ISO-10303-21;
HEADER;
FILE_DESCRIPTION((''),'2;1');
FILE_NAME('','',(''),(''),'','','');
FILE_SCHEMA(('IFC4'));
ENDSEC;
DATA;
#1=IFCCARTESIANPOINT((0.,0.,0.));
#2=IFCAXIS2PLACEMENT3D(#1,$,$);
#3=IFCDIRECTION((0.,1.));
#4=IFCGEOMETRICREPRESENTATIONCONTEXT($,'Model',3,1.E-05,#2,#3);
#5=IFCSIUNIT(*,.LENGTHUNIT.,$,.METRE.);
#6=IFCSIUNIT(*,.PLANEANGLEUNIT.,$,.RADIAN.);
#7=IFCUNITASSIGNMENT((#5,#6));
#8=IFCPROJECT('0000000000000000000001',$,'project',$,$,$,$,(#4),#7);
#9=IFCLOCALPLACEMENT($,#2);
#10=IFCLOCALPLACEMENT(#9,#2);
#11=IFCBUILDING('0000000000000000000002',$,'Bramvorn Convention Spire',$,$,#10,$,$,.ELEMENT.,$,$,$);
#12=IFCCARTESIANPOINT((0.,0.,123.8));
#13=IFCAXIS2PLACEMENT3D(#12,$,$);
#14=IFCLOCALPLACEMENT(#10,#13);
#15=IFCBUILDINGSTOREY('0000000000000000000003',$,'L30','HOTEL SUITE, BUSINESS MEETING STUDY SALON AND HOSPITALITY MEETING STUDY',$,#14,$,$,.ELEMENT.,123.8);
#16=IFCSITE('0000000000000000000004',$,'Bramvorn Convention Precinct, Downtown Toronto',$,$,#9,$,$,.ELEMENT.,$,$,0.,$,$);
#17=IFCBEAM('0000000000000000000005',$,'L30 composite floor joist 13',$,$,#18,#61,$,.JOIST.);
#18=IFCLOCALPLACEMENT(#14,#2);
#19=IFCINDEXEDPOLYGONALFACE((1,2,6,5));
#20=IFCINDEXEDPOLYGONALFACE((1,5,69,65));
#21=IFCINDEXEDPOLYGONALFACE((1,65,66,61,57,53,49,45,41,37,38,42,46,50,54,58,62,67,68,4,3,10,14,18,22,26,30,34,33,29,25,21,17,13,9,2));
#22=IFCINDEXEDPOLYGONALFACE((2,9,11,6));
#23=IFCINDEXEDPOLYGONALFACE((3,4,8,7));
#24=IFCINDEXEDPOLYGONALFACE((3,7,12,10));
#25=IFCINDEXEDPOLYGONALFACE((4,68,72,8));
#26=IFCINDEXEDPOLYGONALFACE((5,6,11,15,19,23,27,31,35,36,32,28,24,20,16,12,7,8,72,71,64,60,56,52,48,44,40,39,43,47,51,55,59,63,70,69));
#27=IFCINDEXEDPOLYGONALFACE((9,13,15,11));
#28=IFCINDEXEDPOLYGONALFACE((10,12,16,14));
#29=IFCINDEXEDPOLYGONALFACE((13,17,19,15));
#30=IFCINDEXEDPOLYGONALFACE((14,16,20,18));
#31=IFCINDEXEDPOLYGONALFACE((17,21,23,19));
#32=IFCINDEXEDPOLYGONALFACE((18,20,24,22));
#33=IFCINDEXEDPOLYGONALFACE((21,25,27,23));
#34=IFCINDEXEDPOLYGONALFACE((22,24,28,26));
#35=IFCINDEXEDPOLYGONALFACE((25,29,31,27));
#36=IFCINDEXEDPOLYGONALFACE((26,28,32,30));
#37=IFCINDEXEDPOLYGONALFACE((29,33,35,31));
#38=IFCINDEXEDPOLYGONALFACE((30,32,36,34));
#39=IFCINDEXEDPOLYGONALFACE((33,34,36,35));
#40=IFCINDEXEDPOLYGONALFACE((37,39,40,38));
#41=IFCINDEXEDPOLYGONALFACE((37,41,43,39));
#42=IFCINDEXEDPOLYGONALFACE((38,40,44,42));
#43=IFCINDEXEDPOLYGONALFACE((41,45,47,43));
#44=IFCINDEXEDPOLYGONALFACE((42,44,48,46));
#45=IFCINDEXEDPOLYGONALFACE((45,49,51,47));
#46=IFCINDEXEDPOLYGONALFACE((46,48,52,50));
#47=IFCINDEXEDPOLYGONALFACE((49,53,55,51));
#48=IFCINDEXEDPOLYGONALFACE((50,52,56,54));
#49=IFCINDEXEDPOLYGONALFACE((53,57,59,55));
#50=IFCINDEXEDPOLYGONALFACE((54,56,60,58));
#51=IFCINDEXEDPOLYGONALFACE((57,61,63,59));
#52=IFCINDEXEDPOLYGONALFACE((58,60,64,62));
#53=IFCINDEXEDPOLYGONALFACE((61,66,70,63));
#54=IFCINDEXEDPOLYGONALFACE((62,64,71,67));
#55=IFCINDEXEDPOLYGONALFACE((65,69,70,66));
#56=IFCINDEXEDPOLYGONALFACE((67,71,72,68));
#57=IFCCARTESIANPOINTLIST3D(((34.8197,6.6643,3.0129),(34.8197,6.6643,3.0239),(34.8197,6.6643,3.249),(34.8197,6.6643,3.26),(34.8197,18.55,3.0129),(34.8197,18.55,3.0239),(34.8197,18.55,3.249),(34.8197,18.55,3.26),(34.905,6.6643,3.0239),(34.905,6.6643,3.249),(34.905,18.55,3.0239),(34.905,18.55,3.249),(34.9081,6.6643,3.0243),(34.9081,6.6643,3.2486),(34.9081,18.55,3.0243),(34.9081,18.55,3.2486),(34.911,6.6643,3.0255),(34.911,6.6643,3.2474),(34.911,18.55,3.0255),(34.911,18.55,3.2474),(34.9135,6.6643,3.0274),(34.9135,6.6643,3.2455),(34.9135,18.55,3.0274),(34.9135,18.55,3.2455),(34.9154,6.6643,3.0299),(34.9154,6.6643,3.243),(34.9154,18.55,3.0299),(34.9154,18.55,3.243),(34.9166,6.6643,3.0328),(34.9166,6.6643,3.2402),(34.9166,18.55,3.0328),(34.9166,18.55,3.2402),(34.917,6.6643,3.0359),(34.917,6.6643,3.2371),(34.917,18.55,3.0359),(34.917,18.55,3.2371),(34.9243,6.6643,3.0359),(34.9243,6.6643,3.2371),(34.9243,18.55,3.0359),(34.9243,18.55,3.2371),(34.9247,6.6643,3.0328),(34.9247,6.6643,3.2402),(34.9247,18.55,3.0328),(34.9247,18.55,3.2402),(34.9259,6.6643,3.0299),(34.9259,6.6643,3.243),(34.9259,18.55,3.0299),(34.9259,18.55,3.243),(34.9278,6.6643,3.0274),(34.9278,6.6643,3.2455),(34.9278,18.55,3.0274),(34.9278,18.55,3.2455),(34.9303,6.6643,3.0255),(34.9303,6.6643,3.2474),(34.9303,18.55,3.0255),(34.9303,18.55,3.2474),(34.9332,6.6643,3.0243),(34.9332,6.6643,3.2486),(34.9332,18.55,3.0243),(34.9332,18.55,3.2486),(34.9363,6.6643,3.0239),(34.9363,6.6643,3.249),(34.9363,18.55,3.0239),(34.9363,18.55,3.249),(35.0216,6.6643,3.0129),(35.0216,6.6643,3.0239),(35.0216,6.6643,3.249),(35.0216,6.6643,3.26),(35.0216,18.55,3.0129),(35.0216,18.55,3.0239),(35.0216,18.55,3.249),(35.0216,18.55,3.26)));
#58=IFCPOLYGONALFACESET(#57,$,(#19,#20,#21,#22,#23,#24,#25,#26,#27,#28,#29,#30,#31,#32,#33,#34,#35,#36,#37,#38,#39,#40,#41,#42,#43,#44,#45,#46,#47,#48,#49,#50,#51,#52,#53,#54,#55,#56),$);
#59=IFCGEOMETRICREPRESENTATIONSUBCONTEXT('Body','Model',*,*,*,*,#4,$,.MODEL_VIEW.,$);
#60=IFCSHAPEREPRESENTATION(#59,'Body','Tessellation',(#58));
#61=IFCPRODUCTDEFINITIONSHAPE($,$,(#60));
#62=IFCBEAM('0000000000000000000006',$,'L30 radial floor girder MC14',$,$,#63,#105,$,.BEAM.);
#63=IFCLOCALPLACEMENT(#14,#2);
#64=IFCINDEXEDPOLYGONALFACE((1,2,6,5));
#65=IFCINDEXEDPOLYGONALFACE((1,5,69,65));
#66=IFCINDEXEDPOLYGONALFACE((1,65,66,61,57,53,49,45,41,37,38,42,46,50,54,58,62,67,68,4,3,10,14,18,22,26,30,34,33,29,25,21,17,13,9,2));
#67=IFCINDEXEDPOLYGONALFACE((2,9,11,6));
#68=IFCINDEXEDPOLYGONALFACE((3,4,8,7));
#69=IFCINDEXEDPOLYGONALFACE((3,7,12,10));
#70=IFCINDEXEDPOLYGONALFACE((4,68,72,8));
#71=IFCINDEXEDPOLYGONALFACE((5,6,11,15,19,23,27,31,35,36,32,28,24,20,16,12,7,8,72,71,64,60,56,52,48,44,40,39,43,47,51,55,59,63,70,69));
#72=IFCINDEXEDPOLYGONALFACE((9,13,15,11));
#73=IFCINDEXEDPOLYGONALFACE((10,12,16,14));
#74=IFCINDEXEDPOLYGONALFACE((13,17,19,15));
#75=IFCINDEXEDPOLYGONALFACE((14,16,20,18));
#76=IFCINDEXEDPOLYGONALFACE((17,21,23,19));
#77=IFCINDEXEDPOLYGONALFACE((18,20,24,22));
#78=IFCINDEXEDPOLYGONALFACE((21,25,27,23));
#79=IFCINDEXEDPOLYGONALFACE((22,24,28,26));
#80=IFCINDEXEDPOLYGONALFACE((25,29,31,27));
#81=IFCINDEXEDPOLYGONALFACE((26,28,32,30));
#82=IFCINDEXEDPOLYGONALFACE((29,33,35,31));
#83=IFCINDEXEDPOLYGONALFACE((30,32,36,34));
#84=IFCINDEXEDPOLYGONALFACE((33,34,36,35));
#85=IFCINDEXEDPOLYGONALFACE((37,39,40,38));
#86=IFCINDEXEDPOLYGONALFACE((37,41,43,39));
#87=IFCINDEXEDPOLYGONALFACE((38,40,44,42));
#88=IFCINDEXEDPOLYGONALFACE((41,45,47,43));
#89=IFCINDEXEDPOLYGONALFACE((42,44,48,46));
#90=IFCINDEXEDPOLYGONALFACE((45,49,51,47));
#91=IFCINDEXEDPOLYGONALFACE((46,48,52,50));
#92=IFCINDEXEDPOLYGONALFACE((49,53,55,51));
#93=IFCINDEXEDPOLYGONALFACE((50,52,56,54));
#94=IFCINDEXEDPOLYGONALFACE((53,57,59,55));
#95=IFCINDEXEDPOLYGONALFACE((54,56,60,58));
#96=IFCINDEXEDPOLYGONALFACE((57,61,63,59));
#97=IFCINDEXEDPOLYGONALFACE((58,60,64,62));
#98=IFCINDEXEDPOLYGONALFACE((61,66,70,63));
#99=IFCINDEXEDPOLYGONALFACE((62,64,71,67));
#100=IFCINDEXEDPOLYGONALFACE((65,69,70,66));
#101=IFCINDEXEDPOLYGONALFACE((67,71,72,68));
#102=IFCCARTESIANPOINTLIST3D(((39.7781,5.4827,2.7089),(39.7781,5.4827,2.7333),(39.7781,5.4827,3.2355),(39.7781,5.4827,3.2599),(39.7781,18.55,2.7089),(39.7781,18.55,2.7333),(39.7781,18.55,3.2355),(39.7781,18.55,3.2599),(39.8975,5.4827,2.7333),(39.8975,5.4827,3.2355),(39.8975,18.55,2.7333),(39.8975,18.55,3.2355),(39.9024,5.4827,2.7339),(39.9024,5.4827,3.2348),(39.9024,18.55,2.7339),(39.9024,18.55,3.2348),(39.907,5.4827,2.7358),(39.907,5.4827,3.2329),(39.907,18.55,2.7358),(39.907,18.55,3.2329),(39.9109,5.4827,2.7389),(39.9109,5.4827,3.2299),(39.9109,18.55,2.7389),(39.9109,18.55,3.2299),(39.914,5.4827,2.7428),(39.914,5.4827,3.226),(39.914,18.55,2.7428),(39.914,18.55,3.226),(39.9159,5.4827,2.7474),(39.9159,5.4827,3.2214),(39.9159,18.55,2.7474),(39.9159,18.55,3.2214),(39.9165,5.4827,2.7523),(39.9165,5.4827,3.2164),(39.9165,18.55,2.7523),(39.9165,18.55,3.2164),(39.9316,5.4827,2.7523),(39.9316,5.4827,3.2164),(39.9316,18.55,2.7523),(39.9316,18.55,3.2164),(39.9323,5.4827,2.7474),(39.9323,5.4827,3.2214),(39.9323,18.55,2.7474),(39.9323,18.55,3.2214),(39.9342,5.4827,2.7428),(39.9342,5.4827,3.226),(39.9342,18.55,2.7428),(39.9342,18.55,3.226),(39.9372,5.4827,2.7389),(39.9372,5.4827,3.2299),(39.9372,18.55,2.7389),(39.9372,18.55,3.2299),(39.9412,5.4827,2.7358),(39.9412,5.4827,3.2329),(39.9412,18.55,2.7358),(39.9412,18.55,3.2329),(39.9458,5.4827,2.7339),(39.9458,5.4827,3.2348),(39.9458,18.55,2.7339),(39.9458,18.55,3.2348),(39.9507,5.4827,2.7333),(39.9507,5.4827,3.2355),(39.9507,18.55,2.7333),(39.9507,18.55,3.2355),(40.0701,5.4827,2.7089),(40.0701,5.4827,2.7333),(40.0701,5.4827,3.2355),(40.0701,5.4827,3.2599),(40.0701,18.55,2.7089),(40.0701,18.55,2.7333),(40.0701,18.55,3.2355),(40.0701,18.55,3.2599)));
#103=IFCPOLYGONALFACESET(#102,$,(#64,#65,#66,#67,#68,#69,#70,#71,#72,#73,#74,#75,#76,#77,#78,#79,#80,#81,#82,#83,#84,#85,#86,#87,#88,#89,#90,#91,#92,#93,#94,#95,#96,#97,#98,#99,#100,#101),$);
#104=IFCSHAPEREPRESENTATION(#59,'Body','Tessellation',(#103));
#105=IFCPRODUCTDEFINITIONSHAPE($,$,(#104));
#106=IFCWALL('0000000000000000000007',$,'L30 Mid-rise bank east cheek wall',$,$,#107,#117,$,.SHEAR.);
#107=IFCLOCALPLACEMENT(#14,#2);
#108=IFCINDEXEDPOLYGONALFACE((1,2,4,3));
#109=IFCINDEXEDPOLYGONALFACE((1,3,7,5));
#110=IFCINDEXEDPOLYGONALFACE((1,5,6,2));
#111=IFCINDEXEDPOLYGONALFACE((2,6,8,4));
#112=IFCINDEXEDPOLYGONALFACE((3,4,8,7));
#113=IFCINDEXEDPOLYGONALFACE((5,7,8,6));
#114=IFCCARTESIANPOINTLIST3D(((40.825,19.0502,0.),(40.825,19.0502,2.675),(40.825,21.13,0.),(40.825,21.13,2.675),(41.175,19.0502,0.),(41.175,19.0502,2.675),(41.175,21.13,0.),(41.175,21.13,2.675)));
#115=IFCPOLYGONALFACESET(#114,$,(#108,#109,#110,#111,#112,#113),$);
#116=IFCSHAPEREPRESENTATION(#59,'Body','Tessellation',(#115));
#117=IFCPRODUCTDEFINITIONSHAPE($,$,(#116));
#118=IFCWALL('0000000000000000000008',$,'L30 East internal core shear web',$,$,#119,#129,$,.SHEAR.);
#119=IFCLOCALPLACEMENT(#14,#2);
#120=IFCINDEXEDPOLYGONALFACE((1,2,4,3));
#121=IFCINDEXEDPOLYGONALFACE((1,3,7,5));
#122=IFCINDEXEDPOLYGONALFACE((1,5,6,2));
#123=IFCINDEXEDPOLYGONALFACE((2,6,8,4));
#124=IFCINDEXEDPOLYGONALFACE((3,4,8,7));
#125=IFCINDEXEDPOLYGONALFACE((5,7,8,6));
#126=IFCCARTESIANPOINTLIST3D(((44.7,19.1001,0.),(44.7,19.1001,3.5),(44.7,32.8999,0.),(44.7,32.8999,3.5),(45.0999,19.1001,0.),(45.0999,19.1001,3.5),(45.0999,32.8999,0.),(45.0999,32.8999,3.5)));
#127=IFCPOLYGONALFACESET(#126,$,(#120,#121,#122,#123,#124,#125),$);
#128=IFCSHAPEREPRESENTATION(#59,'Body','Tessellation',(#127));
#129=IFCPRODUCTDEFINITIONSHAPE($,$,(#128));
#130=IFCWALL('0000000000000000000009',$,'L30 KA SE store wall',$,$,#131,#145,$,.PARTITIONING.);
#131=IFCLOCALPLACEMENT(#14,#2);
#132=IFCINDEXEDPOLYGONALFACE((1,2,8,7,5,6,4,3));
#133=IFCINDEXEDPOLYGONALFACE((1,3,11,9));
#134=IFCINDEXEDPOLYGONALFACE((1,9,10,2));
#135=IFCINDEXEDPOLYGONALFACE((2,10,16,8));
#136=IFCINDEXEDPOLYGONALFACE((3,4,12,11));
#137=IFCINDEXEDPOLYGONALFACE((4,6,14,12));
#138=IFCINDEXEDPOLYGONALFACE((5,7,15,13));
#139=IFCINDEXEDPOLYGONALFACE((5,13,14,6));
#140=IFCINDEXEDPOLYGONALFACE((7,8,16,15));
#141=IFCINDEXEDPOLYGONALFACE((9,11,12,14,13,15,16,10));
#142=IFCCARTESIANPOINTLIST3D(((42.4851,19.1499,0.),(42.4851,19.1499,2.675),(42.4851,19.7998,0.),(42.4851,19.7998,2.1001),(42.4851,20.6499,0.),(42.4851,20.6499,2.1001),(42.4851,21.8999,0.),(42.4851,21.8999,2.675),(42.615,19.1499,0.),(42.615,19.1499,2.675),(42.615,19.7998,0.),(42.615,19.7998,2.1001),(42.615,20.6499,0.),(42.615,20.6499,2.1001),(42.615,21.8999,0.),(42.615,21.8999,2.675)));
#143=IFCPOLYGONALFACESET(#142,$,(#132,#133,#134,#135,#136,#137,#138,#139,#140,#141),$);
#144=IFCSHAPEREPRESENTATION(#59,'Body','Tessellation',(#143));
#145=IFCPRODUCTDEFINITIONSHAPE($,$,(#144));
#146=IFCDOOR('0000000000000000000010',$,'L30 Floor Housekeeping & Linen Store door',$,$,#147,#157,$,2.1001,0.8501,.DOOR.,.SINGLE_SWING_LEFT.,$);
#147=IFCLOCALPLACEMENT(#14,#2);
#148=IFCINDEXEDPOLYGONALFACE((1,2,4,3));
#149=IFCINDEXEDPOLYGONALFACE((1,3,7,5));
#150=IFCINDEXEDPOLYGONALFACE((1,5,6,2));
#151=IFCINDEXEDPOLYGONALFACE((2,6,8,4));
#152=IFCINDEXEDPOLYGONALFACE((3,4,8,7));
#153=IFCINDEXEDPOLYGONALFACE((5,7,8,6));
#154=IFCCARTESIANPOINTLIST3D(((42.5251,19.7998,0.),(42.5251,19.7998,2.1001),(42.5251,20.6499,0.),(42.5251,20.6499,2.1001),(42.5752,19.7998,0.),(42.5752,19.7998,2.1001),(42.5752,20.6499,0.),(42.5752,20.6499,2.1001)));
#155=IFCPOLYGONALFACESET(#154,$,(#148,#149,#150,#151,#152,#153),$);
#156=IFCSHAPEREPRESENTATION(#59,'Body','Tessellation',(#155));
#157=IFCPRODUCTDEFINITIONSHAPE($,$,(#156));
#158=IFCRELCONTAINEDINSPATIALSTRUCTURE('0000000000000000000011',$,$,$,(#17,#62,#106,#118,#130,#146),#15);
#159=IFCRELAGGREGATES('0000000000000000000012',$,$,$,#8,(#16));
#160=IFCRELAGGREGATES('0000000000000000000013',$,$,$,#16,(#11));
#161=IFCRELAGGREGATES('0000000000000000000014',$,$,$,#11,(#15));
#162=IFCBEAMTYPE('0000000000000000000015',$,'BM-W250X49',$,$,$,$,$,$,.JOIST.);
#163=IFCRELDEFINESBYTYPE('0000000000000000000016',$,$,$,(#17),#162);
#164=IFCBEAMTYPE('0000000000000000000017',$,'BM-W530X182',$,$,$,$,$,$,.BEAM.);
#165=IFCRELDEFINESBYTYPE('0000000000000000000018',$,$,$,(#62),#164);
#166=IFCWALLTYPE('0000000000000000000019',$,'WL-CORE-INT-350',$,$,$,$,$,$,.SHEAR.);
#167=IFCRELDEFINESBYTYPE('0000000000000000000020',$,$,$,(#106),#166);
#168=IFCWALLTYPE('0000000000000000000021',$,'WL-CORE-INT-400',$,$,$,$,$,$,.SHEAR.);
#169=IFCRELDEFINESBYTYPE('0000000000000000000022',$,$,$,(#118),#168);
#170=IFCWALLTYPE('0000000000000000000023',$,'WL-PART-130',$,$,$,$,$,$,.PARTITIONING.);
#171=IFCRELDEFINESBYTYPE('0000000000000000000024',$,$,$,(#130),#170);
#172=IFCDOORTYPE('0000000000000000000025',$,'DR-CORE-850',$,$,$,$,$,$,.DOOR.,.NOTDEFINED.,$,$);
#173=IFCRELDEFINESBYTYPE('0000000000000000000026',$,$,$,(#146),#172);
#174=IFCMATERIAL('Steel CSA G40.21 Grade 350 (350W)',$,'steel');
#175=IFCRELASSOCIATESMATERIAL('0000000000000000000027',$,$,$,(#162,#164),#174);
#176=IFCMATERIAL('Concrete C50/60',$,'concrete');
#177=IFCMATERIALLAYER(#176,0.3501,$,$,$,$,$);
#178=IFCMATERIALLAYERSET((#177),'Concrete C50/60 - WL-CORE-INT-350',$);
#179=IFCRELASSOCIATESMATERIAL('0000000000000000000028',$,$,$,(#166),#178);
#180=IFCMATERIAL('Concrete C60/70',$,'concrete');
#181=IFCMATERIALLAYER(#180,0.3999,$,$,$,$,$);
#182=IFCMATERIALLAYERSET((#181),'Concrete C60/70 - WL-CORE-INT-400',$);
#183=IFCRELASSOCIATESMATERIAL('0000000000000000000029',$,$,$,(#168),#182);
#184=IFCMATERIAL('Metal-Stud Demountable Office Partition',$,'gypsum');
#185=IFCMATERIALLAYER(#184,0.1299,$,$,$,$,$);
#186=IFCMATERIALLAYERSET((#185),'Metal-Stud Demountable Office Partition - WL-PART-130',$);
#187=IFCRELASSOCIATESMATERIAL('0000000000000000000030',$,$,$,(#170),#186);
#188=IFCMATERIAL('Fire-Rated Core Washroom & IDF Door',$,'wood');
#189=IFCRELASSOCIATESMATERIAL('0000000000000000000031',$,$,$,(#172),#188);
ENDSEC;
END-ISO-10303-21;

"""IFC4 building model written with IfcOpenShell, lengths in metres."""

from ifc_helpers import new_model, si_unit, direction, frame, frame_2d, origin, origin_2d, place, context, subcontext, project, spatial, rectangle, i_section, extrude, material, layer, layer_set, material_profile, profile_set, type_object, element, fill, save


model = new_model("IFC4")

# Units and contexts
model_context = context("Model", 3, precision=1e-05, world=origin(), true_north=direction((0.0, 1.0)))
body_context = subcontext(model_context, "Body", "Model", "MODEL_VIEW")
ifc_project = project(units=[si_unit("LENGTHUNIT", "METRE"), si_unit("PLANEANGLEUNIT", "RADIAN")], contexts=[model_context])

# Site, building, storey
site_placement = place(None, origin())
site = spatial("IfcSite", under=ifc_project, at=site_placement, Name="Bramvorn Convention Precinct, Downtown Toronto", CompositionType="ELEMENT", RefElevation=0.0)
building_placement = place(site_placement, origin())
building = spatial("IfcBuilding", under=site, at=building_placement, Name="Bramvorn Convention Spire", CompositionType="ELEMENT")
storey_placement = place(building_placement, frame((0.0, 0.0, 123.8)))
storey = spatial("IfcBuildingStorey", under=building, at=storey_placement, Name="L30", Description="HOTEL SUITE, BUSINESS MEETING STUDY SALON AND HOSPITALITY MEETING STUDY", CompositionType="ELEMENT", Elevation=123.8)

# Beams
ifc_material_1 = material(Name="Steel CSA G40.21 Grade 350 (350W)", Category="steel")
ifc_material_profile_1 = material_profile(ifc_material_1, i_section(OverallWidth=0.2019, OverallDepth=0.2471, WebThickness=0.0073, FlangeThickness=0.011, FilletRadius=0.012, at=origin_2d()))
ifc_profile_set_1 = profile_set([ifc_material_profile_1], Name="Steel CSA G40.21 Grade 350 (350W) - W250X49")
beam_type_1 = type_object("IfcBeamType", Name="BM-W250X49", PredefinedType="JOIST", material=ifc_profile_set_1)
beam_1_placement = place(storey_placement, frame((34.9207, 18.55, 3.1365), z_axis=(0.0, -1.0, 0.0), x_axis=(1.0, 0.0, 0.0)))
element("IfcBeam", 1, at=beam_1_placement, inside=storey, type_object=beam_type_1, Name="L30 composite floor joist 13", PredefinedType="JOIST", context=body_context, shape_type="SweptSolid", body=[
    extrude(i_section(OverallWidth=0.2019, OverallDepth=0.2471, WebThickness=0.0073, FlangeThickness=0.011, FilletRadius=0.012, at=origin_2d()), origin(), (0.0, 0.0, 1.0), 11.8857),
])
ifc_material_profile_2 = material_profile(ifc_material_1, i_section(OverallWidth=0.292, OverallDepth=0.551, WebThickness=0.0151, FlangeThickness=0.0244, FilletRadius=0.019, at=origin_2d()))
ifc_profile_set_2 = profile_set([ifc_material_profile_2], Name="Steel CSA G40.21 Grade 350 (350W) - W530X182")
beam_type_2 = type_object("IfcBeamType", Name="BM-W530X182", PredefinedType="BEAM", material=ifc_profile_set_2)
beam_2_placement = place(storey_placement, frame((39.9241, 18.55, 2.9844), z_axis=(0.0, -1.0, 0.0), x_axis=(1.0, 0.0, 0.0)))
element("IfcBeam", 2, at=beam_2_placement, inside=storey, type_object=beam_type_2, Name="L30 radial floor girder MC14", PredefinedType="BEAM", context=body_context, shape_type="SweptSolid", body=[
    extrude(i_section(OverallWidth=0.292, OverallDepth=0.551, WebThickness=0.0151, FlangeThickness=0.0244, FilletRadius=0.019, at=origin_2d()), origin(), (0.0, 0.0, 1.0), 13.0674),
])

# Walls
ifc_material_2 = material(Name="Concrete C50/60", Category="concrete")
ifc_layer_1 = layer(ifc_material_2, 0.3501)
ifc_layer_set_1 = layer_set([ifc_layer_1], Name="Concrete C50/60 - WL-CORE-INT-350")
wall_type_1 = type_object("IfcWallType", Name="WL-CORE-INT-350", PredefinedType="SHEAR", material=ifc_layer_set_1)
wall_1_placement = place(storey_placement, frame((41.0, 19.05, 0.0), z_axis=(0.0, 0.0, 1.0), x_axis=(0.0, 1.0, 0.0)))
element("IfcWall", 3, at=wall_1_placement, inside=storey, type_object=wall_type_1, Name="L30 Mid-rise bank east cheek wall", PredefinedType="SHEAR", context=body_context, shape_type="SweptSolid", body=[
    extrude(rectangle(XDim=2.0798, YDim=0.3501, at=frame_2d((1.04, 0.0))), origin(), (0.0, 0.0, 1.0), 2.675),
])
ifc_material_3 = material(Name="Concrete C60/70", Category="concrete")
ifc_layer_2 = layer(ifc_material_3, 0.3999)
ifc_layer_set_2 = layer_set([ifc_layer_2], Name="Concrete C60/70 - WL-CORE-INT-400")
wall_type_2 = type_object("IfcWallType", Name="WL-CORE-INT-400", PredefinedType="SHEAR", material=ifc_layer_set_2)
wall_2_placement = place(storey_placement, frame((44.8999, 19.1001, 0.0), z_axis=(0.0, 0.0, 1.0), x_axis=(0.0, 1.0, 0.0)))
element("IfcWall", 4, at=wall_2_placement, inside=storey, type_object=wall_type_2, Name="L30 East internal core shear web", PredefinedType="SHEAR", context=body_context, shape_type="SweptSolid", body=[
    extrude(rectangle(XDim=13.7998, YDim=0.3999, at=frame_2d((6.8999, 0.0))), origin(), (0.0, 0.0, 1.0), 3.5),
])

# Wall, opening, door
ifc_material_4 = material(Name="Metal-Stud Demountable Office Partition", Category="gypsum")
ifc_layer_3 = layer(ifc_material_4, 0.1299)
ifc_layer_set_3 = layer_set([ifc_layer_3], Name="Metal-Stud Demountable Office Partition - WL-PART-130")
wall_type_3 = type_object("IfcWallType", Name="WL-PART-130", PredefinedType="PARTITIONING", material=ifc_layer_set_3)
wall_3_placement = place(storey_placement, frame((42.55, 19.1499, 0.0), z_axis=(0.0, 0.0, 1.0), x_axis=(0.0, 1.0, 0.0)))
wall_3 = element("IfcWall", 5, at=wall_3_placement, inside=storey, type_object=wall_type_3, Name="L30 KA SE store wall", PredefinedType="PARTITIONING", context=body_context, shape_type="SweptSolid", body=[
    extrude(rectangle(XDim=2.75, YDim=0.1299, at=frame_2d((1.375, 0.0))), origin(), (0.0, 0.0, 1.0), 2.675),
])
opening_1_placement = place(wall_3_placement, frame((0.6499, 0.0, 0.0)))
opening_1 = element("IfcOpeningElement", 6, at=opening_1_placement, cuts=wall_3, PredefinedType="OPENING", context=body_context, shape_type="SweptSolid", body=[
    extrude(rectangle(XDim=0.8501, YDim=2.1001, at=frame_2d((0.425, 1.05))), frame((0.0, 0.075, 0.0), z_axis=(0.0, -1.0, 0.0), x_axis=(1.0, 0.0, 0.0)), (0.0, 0.0, 1.0), 0.1499),
])
ifc_material_5 = material(Name="Fire-Rated Core Washroom & IDF Door", Category="wood")
door_type_1 = type_object("IfcDoorType", Name="DR-CORE-850", OperationType="NOTDEFINED", PredefinedType="DOOR", material=ifc_material_5)
door_1_placement = place(opening_1_placement, origin())
door_1 = element("IfcDoor", 7, at=door_1_placement, inside=storey, type_object=door_type_1, Name="L30 Floor Housekeeping & Linen Store door", OperationType="SINGLE_SWING_LEFT", OverallHeight=2.1001, OverallWidth=0.8501, PredefinedType="DOOR", context=body_context, shape_type="SweptSolid", body=[
    extrude(rectangle(XDim=0.8501, YDim=2.1001, at=frame_2d((0.425, 1.05))), frame((0.0, 0.0249, 0.0), z_axis=(0.0, -1.0, 0.0), x_axis=(1.0, 0.0, 0.0)), (0.0, 0.0, 1.0), 0.05),
])
fill(opening_1, door_1)

save(model, "model.ifc")
